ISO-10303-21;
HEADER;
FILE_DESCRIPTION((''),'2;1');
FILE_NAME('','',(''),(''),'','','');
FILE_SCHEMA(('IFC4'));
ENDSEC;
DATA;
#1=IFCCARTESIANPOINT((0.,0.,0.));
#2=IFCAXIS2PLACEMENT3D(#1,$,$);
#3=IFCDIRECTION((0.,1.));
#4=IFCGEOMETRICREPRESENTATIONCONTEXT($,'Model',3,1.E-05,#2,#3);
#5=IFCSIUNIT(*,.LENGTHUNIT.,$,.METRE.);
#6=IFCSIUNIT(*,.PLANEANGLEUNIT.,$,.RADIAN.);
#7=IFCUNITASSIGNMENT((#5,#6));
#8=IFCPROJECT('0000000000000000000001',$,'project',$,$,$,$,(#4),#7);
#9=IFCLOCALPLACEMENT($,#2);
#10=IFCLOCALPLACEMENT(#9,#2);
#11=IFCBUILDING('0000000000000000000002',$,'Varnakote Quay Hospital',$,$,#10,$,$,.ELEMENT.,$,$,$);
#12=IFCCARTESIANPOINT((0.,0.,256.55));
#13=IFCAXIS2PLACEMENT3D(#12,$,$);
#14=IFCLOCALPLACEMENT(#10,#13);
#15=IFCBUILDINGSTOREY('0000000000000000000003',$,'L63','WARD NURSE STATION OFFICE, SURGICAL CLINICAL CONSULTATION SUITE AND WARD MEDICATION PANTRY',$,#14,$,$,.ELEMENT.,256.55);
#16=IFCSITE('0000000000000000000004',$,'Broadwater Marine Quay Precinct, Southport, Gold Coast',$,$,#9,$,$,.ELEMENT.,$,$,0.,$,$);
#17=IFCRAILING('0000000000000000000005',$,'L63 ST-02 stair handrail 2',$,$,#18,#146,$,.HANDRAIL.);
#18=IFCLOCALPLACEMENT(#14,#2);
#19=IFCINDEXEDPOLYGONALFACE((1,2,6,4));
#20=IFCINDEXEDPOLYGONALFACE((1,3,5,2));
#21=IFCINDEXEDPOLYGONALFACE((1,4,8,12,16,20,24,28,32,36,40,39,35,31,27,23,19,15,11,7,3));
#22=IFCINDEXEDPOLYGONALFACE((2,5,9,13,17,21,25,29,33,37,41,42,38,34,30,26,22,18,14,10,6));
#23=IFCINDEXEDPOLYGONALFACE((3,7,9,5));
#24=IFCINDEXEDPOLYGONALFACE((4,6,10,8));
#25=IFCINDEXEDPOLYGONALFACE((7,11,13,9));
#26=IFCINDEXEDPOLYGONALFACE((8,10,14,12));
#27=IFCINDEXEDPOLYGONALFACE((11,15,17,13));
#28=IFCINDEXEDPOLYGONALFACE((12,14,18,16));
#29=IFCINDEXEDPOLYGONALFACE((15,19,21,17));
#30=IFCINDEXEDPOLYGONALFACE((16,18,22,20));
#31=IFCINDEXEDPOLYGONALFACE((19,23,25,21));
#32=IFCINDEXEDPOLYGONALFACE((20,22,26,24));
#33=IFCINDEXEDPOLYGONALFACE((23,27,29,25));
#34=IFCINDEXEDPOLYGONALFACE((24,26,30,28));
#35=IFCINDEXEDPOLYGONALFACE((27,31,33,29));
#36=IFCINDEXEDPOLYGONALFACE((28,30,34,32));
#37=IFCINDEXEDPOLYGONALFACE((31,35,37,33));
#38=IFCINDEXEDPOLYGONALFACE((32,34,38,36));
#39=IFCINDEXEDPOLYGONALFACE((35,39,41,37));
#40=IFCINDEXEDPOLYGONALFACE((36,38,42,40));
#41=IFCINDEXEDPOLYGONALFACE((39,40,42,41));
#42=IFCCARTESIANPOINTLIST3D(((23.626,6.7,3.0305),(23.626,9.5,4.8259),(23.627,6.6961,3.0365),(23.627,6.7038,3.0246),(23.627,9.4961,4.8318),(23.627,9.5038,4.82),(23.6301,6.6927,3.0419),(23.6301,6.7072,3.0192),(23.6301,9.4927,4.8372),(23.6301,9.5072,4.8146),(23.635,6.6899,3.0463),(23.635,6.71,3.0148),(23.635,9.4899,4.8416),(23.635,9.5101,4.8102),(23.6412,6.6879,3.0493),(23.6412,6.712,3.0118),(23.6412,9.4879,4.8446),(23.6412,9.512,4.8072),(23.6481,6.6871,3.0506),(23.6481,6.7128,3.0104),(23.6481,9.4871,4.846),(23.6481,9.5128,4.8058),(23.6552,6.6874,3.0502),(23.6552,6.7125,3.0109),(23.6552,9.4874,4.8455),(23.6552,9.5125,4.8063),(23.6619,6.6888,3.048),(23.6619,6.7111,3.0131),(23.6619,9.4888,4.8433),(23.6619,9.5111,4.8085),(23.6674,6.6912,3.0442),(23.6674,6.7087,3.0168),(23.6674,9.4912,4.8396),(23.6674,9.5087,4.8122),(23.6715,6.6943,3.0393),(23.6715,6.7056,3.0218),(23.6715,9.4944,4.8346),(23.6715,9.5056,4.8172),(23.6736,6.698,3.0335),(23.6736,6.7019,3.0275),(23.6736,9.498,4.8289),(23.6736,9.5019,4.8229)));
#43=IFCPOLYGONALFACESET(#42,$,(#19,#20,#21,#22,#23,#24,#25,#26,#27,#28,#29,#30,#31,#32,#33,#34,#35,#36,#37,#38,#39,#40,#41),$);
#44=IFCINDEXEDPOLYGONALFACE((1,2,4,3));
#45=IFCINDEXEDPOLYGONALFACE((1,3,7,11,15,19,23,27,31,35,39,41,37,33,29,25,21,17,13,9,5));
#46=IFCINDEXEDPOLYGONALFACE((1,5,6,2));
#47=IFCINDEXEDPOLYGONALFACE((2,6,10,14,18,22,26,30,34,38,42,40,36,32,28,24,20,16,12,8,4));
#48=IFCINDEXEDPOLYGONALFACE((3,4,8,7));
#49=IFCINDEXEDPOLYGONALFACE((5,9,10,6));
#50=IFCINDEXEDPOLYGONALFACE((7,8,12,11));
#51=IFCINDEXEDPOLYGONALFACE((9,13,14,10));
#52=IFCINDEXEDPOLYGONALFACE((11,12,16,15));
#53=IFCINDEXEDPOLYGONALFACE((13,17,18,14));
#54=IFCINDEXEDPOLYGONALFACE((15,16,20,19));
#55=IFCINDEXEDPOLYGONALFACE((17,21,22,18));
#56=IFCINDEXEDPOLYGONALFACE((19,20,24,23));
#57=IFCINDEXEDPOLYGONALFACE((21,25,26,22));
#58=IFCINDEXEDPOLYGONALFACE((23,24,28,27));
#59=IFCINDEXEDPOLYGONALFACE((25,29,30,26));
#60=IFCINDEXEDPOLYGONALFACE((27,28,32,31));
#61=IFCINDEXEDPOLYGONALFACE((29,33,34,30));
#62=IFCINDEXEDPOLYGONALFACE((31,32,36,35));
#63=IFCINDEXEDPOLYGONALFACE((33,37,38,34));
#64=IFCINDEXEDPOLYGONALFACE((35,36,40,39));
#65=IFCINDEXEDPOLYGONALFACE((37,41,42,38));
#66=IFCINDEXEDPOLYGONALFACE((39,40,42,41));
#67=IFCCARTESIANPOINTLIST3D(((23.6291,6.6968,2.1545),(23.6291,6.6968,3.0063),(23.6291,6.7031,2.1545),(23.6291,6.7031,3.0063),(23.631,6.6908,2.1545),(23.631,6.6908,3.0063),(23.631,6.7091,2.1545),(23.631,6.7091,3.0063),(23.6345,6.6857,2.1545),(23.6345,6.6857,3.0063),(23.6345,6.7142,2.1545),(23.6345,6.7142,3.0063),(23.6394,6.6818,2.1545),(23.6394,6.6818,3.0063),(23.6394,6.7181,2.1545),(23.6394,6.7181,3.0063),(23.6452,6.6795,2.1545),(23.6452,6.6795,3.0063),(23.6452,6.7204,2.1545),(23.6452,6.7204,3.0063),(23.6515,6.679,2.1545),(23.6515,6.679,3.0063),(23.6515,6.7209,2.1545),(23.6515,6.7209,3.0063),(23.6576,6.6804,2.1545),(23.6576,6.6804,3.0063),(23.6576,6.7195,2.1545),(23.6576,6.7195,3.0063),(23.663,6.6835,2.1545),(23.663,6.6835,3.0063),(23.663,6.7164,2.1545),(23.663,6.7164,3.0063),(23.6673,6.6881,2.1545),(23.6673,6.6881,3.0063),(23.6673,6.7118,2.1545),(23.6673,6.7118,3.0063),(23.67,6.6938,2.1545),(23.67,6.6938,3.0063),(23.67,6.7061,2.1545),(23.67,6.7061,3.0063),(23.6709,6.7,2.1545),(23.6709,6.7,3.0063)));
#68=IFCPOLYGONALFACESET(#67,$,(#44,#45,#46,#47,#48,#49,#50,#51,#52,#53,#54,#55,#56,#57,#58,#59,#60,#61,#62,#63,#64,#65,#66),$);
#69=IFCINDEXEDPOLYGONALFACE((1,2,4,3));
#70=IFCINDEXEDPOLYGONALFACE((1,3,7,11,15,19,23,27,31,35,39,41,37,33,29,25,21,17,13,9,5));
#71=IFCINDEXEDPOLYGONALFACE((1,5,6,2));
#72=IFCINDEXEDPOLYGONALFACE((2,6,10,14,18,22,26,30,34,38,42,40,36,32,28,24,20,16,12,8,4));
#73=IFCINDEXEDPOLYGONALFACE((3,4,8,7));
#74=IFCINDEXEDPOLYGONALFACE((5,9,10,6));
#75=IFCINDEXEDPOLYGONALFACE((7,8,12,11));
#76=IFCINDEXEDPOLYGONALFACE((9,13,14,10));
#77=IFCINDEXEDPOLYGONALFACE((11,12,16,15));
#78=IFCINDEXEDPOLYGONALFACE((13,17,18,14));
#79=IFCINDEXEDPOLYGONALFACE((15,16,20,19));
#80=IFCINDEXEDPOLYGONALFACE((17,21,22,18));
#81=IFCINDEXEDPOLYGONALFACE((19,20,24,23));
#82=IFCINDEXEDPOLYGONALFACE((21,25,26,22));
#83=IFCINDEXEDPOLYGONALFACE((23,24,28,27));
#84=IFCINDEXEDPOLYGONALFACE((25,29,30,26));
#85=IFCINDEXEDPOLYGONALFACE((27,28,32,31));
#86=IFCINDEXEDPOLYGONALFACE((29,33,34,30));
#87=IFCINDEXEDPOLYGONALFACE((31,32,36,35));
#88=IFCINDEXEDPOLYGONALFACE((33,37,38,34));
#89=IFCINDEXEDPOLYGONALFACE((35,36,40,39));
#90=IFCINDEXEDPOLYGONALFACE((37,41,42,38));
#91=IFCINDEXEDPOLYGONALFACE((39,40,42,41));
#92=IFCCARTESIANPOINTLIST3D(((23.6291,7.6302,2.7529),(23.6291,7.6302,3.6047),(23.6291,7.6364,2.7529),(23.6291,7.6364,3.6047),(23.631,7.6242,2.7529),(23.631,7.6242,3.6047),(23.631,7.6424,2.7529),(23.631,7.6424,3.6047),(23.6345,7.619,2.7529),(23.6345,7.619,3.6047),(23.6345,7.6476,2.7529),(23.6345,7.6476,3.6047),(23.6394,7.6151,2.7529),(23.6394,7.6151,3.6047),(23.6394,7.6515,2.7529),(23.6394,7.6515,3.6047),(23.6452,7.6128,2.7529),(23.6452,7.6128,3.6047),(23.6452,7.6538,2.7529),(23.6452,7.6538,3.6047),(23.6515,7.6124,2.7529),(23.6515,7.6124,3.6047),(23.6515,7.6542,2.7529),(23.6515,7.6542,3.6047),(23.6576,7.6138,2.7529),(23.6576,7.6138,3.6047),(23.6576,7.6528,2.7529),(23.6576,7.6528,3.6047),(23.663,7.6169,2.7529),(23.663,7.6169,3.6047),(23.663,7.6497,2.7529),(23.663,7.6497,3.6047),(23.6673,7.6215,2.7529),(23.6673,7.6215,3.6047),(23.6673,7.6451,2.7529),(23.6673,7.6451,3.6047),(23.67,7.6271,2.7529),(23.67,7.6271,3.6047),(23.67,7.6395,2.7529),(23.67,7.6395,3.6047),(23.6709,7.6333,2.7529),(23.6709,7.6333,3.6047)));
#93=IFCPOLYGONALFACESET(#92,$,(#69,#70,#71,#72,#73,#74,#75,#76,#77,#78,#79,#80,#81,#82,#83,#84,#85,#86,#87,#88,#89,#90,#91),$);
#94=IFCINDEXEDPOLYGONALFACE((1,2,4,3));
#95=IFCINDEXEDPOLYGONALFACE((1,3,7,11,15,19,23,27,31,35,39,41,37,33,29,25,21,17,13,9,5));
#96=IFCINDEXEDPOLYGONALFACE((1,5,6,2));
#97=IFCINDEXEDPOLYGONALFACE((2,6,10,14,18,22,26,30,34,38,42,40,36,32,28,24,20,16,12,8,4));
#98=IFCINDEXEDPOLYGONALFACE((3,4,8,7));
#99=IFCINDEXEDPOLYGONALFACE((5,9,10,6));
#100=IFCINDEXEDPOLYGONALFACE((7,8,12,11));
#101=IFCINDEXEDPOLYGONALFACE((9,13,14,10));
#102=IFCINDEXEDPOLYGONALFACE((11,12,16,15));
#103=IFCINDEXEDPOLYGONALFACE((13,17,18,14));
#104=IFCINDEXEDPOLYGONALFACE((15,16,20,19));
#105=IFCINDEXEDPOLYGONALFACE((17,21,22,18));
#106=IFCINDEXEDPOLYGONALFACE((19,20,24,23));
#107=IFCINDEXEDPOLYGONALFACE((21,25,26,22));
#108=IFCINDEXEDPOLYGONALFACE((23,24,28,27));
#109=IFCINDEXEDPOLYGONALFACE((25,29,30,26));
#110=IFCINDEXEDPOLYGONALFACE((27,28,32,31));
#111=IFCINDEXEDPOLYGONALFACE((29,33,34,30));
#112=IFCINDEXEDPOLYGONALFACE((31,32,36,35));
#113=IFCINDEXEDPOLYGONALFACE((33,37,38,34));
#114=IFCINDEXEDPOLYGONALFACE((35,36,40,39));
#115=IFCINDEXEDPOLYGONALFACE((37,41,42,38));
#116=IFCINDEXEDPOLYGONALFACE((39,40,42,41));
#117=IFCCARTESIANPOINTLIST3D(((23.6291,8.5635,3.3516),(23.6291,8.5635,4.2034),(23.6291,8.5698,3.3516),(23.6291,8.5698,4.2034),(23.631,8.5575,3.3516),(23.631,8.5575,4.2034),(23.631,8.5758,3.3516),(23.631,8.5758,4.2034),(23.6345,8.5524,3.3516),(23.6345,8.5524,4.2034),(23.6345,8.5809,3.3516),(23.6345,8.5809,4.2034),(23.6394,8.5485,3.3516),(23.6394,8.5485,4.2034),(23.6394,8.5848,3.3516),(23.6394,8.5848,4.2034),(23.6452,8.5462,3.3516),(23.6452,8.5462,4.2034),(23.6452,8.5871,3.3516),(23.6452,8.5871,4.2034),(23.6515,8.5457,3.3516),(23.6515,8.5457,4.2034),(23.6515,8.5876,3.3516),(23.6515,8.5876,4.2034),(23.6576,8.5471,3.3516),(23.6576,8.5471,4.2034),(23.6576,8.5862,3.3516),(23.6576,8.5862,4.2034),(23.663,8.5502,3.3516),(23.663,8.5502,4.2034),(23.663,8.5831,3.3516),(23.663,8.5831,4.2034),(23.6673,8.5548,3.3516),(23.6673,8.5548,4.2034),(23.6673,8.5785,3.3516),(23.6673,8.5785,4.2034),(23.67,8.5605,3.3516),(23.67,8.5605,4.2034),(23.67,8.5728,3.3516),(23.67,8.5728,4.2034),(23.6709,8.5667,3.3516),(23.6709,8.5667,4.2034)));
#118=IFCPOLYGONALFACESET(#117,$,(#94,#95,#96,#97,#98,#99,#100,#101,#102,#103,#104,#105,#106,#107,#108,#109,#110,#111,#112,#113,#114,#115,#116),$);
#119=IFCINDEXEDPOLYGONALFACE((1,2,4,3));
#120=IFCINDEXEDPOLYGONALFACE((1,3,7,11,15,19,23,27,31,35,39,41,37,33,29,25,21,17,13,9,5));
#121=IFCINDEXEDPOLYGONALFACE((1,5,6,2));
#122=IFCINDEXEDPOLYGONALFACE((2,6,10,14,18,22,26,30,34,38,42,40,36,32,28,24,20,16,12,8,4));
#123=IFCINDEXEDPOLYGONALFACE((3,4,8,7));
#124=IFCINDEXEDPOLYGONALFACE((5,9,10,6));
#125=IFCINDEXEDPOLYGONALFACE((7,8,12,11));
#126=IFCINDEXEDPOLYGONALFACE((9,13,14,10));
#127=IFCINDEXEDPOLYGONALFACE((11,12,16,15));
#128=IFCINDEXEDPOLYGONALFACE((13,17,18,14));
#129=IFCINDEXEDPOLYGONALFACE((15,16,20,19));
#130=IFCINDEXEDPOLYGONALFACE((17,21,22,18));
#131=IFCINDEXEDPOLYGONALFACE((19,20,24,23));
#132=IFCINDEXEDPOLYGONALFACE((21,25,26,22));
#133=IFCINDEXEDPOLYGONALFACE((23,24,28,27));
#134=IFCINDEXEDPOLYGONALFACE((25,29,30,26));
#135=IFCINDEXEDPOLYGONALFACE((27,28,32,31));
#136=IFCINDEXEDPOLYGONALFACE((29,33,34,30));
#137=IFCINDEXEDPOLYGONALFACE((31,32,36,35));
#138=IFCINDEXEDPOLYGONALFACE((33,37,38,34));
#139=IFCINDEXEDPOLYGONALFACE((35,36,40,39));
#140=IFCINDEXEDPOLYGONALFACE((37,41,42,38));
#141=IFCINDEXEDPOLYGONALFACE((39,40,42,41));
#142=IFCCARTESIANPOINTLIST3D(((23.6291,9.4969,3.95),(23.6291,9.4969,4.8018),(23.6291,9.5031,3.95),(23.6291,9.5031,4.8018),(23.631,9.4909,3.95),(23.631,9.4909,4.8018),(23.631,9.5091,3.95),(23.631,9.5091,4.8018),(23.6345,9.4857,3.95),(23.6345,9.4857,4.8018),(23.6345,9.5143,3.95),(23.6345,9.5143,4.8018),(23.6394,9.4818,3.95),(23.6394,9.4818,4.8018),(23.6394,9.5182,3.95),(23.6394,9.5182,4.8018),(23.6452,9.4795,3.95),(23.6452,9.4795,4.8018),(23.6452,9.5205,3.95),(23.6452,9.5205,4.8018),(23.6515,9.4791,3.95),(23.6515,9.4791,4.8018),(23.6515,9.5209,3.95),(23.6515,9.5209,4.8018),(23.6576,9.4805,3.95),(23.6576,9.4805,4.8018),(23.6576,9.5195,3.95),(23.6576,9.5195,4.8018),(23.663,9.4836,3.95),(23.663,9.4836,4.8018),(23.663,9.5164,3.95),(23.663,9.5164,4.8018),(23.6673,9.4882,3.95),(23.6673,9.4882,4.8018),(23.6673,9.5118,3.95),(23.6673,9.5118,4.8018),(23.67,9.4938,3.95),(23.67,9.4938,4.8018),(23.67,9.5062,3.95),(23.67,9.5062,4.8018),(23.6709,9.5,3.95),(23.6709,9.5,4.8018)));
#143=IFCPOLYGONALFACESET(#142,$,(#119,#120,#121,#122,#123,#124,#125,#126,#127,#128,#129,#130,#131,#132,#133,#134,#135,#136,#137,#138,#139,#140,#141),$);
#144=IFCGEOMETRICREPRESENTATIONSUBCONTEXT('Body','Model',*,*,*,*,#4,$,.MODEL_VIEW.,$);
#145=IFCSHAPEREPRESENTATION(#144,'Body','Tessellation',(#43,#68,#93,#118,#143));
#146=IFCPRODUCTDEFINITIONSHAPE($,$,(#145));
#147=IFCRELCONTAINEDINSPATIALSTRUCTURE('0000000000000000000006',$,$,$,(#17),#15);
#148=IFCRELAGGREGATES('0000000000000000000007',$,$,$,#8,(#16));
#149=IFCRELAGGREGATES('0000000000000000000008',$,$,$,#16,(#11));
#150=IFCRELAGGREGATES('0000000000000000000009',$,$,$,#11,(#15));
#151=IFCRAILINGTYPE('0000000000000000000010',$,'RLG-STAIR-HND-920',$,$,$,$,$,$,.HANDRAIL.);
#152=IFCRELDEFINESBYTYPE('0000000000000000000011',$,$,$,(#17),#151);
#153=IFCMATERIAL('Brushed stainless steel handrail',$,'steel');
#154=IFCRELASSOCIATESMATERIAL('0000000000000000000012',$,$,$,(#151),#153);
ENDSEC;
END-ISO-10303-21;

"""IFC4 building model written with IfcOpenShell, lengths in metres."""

from ifc_helpers import new_model, si_unit, direction, frame, origin, origin_2d, place, context, subcontext, project, spatial, circle, extrude, material, type_object, element, save


model = new_model("IFC4")

# Units and contexts
model_context = context("Model", 3, precision=1e-05, world=origin(), true_north=direction((0.0, 1.0)))
body_context = subcontext(model_context, "Body", "Model", "MODEL_VIEW")
ifc_project = project(units=[si_unit("LENGTHUNIT", "METRE"), si_unit("PLANEANGLEUNIT", "RADIAN")], contexts=[model_context])

# Site, building, storey
site_placement = place(None, origin())
site = spatial("IfcSite", under=ifc_project, at=site_placement, Name="Broadwater Marine Quay Precinct, Southport, Gold Coast", CompositionType="ELEMENT", RefElevation=0.0)
building_placement = place(site_placement, origin())
building = spatial("IfcBuilding", under=site, at=building_placement, Name="Varnakote Quay Hospital", CompositionType="ELEMENT")
storey_placement = place(building_placement, frame((0.0, 0.0, 256.55)))
storey = spatial("IfcBuildingStorey", under=building, at=storey_placement, Name="L63", Description="WARD NURSE STATION OFFICE, SURGICAL CLINICAL CONSULTATION SUITE AND WARD MEDICATION PANTRY", CompositionType="ELEMENT", Elevation=256.55)

# Railing
ifc_material_1 = material(Name="Brushed stainless steel handrail", Category="steel")
railing_type_1 = type_object("IfcRailingType", Name="RLG-STAIR-HND-920", PredefinedType="HANDRAIL", material=ifc_material_1)
railing_1_placement = place(storey_placement, frame((23.6499, 6.7, 2.1545)))
element("IfcRailing", 1, at=railing_1_placement, inside=storey, type_object=railing_type_1, Name="L63 ST-02 stair handrail 2", PredefinedType="HANDRAIL", context=body_context, shape_type="SweptSolid", body=[
    extrude(circle(Radius=0.0239, at=origin_2d()), frame((0.0, 0.0, 0.876), z_axis=(0.0, 0.84181, 0.539774), x_axis=(-1.0, 0.0, 0.0)), (0.0, 0.0, 1.0), 3.3262),
    extrude(circle(Radius=0.021, at=origin_2d()), origin(), (0.0, 0.0, 1.0), 0.8518),
    extrude(circle(Radius=0.021, at=origin_2d()), frame((0.0, 0.9333, 0.5984)), (0.0, 0.0, 1.0), 0.8518),
    extrude(circle(Radius=0.021, at=origin_2d()), frame((0.0, 1.8667, 1.197)), (0.0, 0.0, 1.0), 0.8518),
    extrude(circle(Radius=0.021, at=origin_2d()), frame((0.0, 2.8, 1.7954)), (0.0, 0.0, 1.0), 0.8518),
])

save(model, "model.ifc")
